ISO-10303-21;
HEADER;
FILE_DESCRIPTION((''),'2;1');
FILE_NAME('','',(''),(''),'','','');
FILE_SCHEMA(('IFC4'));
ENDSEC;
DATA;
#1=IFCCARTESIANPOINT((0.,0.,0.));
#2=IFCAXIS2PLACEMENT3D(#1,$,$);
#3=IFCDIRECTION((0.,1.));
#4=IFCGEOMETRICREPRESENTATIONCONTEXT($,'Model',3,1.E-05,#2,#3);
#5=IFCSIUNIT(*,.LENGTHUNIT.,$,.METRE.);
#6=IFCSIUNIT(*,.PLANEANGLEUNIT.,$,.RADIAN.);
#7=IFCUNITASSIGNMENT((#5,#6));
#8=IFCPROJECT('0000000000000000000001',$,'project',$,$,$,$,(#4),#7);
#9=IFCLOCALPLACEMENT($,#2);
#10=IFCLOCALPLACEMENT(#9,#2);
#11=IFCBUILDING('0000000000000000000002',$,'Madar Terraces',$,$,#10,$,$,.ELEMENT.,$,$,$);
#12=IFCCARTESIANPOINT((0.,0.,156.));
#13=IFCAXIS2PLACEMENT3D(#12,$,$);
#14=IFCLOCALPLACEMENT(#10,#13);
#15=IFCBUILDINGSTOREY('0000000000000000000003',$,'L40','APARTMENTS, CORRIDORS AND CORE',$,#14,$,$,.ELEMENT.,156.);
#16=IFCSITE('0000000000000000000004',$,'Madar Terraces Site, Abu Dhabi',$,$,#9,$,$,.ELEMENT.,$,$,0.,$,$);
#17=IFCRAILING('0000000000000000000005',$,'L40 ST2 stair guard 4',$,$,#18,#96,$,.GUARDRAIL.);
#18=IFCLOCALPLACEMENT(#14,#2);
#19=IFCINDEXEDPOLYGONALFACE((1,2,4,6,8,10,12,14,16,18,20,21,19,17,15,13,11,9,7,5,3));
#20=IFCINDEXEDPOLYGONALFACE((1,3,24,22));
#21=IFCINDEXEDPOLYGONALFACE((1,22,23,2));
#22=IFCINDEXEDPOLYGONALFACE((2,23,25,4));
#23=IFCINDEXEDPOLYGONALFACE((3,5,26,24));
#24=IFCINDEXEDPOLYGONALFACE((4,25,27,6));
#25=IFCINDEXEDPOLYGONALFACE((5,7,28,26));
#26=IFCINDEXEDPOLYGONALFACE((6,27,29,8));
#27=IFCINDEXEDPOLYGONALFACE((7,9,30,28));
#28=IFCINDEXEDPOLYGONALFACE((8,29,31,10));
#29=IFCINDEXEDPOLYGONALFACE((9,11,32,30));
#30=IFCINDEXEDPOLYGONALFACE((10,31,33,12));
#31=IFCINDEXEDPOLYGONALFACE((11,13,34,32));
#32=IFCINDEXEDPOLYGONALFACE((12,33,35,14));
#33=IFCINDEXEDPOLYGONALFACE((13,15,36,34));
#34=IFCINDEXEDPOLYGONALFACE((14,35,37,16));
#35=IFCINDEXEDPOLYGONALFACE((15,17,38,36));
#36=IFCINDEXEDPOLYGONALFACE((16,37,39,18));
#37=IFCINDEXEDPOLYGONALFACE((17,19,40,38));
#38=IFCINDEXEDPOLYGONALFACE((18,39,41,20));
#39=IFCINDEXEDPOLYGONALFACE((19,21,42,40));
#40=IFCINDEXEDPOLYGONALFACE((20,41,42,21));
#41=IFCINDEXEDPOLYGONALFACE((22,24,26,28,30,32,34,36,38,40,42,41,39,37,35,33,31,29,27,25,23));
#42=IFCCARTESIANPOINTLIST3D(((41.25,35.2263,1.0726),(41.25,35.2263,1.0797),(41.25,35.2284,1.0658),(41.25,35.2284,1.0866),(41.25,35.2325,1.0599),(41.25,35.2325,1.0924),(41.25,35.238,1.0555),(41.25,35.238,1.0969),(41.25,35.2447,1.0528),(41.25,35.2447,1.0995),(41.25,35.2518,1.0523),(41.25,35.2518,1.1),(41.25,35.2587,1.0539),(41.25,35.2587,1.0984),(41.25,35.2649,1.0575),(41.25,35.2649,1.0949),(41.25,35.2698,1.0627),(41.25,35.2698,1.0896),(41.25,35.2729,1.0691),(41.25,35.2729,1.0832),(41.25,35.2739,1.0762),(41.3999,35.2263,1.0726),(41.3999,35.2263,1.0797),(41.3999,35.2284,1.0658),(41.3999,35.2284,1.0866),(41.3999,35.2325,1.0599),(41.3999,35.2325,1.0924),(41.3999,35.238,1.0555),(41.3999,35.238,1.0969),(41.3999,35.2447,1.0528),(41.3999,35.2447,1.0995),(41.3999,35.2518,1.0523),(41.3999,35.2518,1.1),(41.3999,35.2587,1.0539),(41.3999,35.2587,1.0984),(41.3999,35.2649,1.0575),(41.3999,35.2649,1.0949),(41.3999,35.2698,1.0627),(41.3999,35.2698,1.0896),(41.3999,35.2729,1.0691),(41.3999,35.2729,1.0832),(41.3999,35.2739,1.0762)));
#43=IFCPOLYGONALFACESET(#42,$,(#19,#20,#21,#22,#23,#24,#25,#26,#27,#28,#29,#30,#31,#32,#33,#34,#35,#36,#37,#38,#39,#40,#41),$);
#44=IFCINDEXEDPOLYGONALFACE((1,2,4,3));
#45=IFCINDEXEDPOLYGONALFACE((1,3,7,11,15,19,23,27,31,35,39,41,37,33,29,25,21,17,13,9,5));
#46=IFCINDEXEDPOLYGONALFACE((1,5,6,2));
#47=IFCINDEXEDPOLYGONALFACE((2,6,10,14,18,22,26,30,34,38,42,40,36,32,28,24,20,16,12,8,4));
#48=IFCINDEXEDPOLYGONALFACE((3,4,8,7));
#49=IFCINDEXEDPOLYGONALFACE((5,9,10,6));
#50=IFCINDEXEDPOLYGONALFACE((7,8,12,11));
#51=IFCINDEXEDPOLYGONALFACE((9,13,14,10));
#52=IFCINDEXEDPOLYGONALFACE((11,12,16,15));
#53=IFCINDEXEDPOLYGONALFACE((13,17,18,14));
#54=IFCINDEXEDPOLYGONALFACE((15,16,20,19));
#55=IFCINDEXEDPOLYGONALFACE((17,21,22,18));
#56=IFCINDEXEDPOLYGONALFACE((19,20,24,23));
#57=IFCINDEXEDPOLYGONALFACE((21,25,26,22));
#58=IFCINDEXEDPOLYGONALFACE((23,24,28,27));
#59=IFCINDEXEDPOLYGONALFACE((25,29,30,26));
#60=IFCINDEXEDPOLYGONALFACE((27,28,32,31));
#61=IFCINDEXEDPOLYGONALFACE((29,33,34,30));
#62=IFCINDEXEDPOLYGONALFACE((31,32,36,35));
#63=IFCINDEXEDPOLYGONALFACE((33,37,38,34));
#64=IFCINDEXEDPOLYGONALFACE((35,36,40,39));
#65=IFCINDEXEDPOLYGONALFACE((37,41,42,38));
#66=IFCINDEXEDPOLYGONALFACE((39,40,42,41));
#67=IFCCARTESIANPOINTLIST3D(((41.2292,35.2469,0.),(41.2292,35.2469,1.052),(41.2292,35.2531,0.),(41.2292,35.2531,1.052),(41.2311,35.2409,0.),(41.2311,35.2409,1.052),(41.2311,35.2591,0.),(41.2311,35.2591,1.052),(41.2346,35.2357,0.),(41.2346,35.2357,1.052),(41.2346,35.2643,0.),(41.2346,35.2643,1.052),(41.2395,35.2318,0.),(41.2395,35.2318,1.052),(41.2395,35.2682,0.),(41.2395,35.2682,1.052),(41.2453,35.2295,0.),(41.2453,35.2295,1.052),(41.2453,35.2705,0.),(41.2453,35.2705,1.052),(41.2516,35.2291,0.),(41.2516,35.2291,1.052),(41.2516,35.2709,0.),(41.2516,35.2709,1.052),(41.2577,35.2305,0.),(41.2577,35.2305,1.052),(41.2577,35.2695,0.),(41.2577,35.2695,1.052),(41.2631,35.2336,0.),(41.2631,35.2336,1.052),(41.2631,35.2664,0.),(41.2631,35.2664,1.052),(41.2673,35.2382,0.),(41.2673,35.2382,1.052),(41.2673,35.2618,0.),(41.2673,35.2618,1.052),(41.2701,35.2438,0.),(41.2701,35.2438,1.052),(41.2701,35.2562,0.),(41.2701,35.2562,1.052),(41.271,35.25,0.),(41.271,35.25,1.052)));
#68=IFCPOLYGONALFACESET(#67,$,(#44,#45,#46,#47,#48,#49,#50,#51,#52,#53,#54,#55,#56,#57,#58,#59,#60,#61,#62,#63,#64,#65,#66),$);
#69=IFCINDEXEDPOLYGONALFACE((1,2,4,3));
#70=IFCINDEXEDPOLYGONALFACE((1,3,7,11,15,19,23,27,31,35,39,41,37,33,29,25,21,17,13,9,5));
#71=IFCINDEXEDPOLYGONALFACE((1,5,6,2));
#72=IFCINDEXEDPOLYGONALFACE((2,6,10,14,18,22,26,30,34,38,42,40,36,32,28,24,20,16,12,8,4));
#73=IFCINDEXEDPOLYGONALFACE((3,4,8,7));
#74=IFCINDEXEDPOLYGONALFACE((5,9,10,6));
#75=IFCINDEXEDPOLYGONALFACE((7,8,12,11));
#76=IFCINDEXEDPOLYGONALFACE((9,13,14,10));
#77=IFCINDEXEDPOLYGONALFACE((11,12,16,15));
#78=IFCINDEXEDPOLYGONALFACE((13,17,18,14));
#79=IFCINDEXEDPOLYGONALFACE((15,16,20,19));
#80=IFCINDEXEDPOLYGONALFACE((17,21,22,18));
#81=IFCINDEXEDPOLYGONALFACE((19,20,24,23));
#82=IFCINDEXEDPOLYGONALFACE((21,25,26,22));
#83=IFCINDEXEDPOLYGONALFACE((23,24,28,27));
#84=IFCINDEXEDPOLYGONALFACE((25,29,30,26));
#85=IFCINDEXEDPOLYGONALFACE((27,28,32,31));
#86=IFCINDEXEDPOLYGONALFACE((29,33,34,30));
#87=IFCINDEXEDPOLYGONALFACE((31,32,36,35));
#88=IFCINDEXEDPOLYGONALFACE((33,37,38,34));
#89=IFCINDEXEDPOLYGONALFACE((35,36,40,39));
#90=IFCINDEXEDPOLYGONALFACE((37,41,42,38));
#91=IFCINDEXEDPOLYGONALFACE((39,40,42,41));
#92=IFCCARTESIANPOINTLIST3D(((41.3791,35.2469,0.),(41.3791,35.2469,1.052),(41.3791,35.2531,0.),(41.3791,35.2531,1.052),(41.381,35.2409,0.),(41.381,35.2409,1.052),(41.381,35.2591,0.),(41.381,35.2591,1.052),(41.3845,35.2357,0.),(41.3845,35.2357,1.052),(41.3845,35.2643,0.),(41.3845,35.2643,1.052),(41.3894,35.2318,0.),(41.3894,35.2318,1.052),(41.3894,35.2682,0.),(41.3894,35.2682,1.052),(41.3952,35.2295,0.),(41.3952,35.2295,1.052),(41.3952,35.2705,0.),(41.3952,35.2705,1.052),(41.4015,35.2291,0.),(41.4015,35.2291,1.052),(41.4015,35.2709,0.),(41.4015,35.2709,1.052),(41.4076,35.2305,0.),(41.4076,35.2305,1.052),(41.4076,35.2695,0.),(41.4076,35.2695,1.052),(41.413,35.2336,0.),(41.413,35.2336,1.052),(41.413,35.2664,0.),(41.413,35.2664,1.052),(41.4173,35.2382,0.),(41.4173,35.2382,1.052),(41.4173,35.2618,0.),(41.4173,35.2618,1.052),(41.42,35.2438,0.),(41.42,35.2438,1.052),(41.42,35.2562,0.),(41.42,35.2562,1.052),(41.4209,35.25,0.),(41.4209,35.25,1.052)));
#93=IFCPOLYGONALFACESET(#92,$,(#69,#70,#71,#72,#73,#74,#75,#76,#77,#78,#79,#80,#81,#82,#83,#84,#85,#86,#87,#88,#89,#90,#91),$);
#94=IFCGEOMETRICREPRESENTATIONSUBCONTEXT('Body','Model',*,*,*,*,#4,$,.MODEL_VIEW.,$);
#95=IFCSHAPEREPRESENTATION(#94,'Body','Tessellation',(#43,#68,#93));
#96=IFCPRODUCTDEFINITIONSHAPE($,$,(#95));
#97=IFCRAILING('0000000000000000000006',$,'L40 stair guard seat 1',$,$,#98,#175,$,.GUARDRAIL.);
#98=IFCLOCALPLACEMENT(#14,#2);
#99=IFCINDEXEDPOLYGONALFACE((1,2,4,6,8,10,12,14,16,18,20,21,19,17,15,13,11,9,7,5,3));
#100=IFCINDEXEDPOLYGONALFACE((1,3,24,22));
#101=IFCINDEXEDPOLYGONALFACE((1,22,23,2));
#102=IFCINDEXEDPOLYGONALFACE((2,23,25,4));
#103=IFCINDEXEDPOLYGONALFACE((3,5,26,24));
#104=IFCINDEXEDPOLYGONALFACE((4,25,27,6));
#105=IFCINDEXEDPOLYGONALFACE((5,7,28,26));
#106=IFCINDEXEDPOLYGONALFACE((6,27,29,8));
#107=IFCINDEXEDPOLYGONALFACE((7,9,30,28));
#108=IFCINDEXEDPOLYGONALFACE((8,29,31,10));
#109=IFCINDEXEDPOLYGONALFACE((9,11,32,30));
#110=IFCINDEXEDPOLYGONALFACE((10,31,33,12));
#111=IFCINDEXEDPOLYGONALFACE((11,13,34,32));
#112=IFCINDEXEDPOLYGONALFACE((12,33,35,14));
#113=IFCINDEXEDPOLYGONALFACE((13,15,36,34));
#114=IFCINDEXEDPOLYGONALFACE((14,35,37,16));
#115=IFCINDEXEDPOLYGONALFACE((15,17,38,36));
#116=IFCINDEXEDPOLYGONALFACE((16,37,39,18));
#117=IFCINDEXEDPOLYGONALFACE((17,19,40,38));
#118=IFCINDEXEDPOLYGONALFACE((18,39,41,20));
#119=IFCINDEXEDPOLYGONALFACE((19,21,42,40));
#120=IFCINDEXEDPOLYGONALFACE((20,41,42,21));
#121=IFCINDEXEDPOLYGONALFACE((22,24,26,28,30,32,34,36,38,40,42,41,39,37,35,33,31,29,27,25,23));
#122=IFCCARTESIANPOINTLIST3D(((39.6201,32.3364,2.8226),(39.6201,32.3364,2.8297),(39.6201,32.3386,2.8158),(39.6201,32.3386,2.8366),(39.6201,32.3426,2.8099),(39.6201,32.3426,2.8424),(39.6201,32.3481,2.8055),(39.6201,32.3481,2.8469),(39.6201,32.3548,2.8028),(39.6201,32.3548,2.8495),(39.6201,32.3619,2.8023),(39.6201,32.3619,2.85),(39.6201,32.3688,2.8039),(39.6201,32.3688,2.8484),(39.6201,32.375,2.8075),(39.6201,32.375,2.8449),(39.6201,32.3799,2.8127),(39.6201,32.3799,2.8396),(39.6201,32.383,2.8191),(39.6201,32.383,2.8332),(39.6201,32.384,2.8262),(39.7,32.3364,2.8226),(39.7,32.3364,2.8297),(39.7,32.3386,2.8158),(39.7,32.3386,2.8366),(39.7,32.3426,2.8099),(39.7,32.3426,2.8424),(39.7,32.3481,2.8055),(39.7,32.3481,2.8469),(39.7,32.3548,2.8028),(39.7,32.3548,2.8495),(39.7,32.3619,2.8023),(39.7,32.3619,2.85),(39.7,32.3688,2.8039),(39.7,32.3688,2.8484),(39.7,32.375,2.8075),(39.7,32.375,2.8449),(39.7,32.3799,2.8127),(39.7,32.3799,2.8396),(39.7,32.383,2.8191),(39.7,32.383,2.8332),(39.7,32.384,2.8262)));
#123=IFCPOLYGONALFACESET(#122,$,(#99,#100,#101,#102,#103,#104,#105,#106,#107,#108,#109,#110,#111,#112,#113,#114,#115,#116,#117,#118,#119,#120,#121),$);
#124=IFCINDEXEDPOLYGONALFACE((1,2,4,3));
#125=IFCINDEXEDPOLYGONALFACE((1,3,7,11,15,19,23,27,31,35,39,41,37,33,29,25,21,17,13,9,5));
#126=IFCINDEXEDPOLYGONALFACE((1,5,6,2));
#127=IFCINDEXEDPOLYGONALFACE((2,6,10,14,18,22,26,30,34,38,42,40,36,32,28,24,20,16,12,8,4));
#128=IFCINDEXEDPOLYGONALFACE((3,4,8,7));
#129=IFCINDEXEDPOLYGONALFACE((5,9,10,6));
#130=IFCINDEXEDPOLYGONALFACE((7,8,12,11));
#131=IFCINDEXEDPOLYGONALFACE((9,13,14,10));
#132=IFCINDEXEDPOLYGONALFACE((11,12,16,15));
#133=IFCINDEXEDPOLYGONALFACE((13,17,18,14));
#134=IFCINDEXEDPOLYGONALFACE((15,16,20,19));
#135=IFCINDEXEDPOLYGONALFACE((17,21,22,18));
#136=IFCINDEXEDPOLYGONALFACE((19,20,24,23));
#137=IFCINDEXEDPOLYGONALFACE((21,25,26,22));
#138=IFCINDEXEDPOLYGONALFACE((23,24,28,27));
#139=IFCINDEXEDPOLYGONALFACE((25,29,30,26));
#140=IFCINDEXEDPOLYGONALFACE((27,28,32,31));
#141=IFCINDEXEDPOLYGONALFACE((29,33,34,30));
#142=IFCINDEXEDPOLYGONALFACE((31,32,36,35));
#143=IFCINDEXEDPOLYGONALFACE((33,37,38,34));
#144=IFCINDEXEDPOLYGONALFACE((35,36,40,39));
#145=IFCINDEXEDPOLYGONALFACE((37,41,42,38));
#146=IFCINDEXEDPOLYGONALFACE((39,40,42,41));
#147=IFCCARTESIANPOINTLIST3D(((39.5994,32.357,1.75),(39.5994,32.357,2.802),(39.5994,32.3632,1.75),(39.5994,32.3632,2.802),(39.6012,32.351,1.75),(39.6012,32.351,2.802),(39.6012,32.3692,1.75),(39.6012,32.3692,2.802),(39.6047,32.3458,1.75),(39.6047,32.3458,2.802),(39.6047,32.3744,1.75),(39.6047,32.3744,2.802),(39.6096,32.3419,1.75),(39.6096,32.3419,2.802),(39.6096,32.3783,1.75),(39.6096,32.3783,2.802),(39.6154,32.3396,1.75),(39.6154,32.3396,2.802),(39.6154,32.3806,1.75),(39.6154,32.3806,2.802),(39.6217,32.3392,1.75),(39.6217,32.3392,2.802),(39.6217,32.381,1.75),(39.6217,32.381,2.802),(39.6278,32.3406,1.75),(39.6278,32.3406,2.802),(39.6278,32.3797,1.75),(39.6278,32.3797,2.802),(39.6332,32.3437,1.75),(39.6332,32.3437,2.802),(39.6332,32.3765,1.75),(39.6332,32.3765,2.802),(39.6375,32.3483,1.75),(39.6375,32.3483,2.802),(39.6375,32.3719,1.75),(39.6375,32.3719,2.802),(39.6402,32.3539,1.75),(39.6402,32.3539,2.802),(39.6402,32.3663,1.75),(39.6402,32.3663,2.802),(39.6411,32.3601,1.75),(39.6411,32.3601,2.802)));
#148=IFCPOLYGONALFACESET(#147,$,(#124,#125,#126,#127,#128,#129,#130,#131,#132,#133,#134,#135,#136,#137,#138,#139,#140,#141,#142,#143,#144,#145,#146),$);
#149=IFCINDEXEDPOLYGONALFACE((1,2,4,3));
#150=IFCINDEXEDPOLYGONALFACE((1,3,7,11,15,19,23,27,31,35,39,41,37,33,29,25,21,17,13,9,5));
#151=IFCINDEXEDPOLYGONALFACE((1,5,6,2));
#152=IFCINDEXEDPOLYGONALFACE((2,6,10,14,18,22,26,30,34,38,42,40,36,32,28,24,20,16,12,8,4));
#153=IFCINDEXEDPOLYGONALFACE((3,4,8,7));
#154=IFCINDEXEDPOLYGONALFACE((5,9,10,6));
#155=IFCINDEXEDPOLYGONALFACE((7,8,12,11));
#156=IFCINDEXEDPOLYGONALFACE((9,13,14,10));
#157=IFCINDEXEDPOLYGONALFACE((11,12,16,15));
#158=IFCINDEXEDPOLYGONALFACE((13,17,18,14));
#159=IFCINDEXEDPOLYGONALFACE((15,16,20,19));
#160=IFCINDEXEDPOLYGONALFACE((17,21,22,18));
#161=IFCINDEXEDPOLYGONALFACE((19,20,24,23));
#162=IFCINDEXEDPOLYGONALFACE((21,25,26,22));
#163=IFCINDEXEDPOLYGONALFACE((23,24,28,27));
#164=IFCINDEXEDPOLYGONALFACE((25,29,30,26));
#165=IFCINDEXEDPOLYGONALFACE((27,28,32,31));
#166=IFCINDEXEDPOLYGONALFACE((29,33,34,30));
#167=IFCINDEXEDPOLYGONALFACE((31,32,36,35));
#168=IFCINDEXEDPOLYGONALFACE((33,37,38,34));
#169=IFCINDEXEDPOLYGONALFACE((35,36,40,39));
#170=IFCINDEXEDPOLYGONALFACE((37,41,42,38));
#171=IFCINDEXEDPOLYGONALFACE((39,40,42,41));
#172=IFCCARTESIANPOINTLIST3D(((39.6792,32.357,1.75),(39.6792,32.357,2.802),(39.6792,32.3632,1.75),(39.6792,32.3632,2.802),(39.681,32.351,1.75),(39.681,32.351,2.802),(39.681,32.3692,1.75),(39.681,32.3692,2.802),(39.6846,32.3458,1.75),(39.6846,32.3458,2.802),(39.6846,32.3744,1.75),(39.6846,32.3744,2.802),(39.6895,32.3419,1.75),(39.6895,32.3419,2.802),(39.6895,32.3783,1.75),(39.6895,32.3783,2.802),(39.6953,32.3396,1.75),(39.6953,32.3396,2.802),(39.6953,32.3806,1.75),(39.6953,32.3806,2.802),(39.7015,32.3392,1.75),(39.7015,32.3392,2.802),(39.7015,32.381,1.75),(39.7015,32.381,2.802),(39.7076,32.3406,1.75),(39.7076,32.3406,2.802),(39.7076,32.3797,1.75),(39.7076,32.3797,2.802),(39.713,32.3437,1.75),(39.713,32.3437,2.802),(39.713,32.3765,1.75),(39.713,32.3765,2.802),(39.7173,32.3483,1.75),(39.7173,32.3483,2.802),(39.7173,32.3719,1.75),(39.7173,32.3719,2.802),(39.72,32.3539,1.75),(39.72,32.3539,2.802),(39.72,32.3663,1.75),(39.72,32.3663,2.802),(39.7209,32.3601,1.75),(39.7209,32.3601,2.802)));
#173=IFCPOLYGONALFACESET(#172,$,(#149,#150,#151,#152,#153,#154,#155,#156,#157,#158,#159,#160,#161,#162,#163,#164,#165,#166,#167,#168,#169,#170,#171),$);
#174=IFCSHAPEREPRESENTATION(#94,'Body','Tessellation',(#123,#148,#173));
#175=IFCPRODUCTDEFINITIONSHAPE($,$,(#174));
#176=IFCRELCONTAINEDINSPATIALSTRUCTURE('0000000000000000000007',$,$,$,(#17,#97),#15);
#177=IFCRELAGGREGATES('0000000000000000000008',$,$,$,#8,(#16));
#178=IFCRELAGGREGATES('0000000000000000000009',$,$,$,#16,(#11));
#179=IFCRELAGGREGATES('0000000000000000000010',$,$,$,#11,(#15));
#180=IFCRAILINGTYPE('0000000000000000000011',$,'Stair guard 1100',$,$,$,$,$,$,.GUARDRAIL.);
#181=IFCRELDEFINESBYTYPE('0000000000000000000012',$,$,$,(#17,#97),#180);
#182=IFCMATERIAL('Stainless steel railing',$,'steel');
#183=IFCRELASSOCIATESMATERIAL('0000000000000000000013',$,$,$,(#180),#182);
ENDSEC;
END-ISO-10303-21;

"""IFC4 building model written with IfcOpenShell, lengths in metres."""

from ifc_helpers import new_model, si_unit, direction, frame, origin, origin_2d, place, context, subcontext, project, spatial, circle, extrude, material, type_object, element, save


model = new_model("IFC4")

# Units and contexts
model_context = context("Model", 3, precision=1e-05, world=origin(), true_north=direction((0.0, 1.0)))
body_context = subcontext(model_context, "Body", "Model", "MODEL_VIEW")
ifc_project = project(units=[si_unit("LENGTHUNIT", "METRE"), si_unit("PLANEANGLEUNIT", "RADIAN")], contexts=[model_context])

# Site, building, storey
site_placement = place(None, origin())
site = spatial("IfcSite", under=ifc_project, at=site_placement, Name="Madar Terraces Site, Abu Dhabi", CompositionType="ELEMENT", RefElevation=0.0)
building_placement = place(site_placement, origin())
building = spatial("IfcBuilding", under=site, at=building_placement, Name="Madar Terraces", CompositionType="ELEMENT")
storey_placement = place(building_placement, frame((0.0, 0.0, 156.0)))
storey = spatial("IfcBuildingStorey", under=building, at=storey_placement, Name="L40", Description="APARTMENTS, CORRIDORS AND CORE", CompositionType="ELEMENT", Elevation=156.0)

# Railings
ifc_material_1 = material(Name="Stainless steel railing", Category="steel")
railing_type_1 = type_object("IfcRailingType", Name="Stair guard 1100", PredefinedType="GUARDRAIL", material=ifc_material_1)
railing_1_placement = place(storey_placement, frame((41.25, 35.25, 0.0)))
element("IfcRailing", 1, at=railing_1_placement, inside=storey, type_object=railing_type_1, Name="L40 ST2 stair guard 4", PredefinedType="GUARDRAIL", context=body_context, shape_type="SweptSolid", body=[
    extrude(circle(Radius=0.0239, at=origin_2d()), frame((0.0, 0.0, 1.0762), z_axis=(1.0, 0.0, 0.0), x_axis=(0.0, 1.0, 0.0)), (0.0, 0.0, 1.0), 0.1499),
    extrude(circle(Radius=0.021, at=origin_2d()), origin(), (0.0, 0.0, 1.0), 1.052),
    extrude(circle(Radius=0.021, at=origin_2d()), frame((0.1499, 0.0, 0.0)), (0.0, 0.0, 1.0), 1.052),
])
railing_2_placement = place(storey_placement, frame((39.6201, 32.3601, 1.75)))
element("IfcRailing", 2, at=railing_2_placement, inside=storey, type_object=railing_type_1, Name="L40 stair guard seat 1", PredefinedType="GUARDRAIL", context=body_context, shape_type="SweptSolid", body=[
    extrude(circle(Radius=0.0239, at=origin_2d()), frame((0.0, 0.0, 1.0762), z_axis=(1.0, 0.0, 0.0), x_axis=(0.0, 1.0, 0.0)), (0.0, 0.0, 1.0), 0.0798),
    extrude(circle(Radius=0.021, at=origin_2d()), origin(), (0.0, 0.0, 1.0), 1.052),
    extrude(circle(Radius=0.021, at=origin_2d()), frame((0.0798, 0.0, 0.0)), (0.0, 0.0, 1.0), 1.052),
])

save(model, "model.ifc")
